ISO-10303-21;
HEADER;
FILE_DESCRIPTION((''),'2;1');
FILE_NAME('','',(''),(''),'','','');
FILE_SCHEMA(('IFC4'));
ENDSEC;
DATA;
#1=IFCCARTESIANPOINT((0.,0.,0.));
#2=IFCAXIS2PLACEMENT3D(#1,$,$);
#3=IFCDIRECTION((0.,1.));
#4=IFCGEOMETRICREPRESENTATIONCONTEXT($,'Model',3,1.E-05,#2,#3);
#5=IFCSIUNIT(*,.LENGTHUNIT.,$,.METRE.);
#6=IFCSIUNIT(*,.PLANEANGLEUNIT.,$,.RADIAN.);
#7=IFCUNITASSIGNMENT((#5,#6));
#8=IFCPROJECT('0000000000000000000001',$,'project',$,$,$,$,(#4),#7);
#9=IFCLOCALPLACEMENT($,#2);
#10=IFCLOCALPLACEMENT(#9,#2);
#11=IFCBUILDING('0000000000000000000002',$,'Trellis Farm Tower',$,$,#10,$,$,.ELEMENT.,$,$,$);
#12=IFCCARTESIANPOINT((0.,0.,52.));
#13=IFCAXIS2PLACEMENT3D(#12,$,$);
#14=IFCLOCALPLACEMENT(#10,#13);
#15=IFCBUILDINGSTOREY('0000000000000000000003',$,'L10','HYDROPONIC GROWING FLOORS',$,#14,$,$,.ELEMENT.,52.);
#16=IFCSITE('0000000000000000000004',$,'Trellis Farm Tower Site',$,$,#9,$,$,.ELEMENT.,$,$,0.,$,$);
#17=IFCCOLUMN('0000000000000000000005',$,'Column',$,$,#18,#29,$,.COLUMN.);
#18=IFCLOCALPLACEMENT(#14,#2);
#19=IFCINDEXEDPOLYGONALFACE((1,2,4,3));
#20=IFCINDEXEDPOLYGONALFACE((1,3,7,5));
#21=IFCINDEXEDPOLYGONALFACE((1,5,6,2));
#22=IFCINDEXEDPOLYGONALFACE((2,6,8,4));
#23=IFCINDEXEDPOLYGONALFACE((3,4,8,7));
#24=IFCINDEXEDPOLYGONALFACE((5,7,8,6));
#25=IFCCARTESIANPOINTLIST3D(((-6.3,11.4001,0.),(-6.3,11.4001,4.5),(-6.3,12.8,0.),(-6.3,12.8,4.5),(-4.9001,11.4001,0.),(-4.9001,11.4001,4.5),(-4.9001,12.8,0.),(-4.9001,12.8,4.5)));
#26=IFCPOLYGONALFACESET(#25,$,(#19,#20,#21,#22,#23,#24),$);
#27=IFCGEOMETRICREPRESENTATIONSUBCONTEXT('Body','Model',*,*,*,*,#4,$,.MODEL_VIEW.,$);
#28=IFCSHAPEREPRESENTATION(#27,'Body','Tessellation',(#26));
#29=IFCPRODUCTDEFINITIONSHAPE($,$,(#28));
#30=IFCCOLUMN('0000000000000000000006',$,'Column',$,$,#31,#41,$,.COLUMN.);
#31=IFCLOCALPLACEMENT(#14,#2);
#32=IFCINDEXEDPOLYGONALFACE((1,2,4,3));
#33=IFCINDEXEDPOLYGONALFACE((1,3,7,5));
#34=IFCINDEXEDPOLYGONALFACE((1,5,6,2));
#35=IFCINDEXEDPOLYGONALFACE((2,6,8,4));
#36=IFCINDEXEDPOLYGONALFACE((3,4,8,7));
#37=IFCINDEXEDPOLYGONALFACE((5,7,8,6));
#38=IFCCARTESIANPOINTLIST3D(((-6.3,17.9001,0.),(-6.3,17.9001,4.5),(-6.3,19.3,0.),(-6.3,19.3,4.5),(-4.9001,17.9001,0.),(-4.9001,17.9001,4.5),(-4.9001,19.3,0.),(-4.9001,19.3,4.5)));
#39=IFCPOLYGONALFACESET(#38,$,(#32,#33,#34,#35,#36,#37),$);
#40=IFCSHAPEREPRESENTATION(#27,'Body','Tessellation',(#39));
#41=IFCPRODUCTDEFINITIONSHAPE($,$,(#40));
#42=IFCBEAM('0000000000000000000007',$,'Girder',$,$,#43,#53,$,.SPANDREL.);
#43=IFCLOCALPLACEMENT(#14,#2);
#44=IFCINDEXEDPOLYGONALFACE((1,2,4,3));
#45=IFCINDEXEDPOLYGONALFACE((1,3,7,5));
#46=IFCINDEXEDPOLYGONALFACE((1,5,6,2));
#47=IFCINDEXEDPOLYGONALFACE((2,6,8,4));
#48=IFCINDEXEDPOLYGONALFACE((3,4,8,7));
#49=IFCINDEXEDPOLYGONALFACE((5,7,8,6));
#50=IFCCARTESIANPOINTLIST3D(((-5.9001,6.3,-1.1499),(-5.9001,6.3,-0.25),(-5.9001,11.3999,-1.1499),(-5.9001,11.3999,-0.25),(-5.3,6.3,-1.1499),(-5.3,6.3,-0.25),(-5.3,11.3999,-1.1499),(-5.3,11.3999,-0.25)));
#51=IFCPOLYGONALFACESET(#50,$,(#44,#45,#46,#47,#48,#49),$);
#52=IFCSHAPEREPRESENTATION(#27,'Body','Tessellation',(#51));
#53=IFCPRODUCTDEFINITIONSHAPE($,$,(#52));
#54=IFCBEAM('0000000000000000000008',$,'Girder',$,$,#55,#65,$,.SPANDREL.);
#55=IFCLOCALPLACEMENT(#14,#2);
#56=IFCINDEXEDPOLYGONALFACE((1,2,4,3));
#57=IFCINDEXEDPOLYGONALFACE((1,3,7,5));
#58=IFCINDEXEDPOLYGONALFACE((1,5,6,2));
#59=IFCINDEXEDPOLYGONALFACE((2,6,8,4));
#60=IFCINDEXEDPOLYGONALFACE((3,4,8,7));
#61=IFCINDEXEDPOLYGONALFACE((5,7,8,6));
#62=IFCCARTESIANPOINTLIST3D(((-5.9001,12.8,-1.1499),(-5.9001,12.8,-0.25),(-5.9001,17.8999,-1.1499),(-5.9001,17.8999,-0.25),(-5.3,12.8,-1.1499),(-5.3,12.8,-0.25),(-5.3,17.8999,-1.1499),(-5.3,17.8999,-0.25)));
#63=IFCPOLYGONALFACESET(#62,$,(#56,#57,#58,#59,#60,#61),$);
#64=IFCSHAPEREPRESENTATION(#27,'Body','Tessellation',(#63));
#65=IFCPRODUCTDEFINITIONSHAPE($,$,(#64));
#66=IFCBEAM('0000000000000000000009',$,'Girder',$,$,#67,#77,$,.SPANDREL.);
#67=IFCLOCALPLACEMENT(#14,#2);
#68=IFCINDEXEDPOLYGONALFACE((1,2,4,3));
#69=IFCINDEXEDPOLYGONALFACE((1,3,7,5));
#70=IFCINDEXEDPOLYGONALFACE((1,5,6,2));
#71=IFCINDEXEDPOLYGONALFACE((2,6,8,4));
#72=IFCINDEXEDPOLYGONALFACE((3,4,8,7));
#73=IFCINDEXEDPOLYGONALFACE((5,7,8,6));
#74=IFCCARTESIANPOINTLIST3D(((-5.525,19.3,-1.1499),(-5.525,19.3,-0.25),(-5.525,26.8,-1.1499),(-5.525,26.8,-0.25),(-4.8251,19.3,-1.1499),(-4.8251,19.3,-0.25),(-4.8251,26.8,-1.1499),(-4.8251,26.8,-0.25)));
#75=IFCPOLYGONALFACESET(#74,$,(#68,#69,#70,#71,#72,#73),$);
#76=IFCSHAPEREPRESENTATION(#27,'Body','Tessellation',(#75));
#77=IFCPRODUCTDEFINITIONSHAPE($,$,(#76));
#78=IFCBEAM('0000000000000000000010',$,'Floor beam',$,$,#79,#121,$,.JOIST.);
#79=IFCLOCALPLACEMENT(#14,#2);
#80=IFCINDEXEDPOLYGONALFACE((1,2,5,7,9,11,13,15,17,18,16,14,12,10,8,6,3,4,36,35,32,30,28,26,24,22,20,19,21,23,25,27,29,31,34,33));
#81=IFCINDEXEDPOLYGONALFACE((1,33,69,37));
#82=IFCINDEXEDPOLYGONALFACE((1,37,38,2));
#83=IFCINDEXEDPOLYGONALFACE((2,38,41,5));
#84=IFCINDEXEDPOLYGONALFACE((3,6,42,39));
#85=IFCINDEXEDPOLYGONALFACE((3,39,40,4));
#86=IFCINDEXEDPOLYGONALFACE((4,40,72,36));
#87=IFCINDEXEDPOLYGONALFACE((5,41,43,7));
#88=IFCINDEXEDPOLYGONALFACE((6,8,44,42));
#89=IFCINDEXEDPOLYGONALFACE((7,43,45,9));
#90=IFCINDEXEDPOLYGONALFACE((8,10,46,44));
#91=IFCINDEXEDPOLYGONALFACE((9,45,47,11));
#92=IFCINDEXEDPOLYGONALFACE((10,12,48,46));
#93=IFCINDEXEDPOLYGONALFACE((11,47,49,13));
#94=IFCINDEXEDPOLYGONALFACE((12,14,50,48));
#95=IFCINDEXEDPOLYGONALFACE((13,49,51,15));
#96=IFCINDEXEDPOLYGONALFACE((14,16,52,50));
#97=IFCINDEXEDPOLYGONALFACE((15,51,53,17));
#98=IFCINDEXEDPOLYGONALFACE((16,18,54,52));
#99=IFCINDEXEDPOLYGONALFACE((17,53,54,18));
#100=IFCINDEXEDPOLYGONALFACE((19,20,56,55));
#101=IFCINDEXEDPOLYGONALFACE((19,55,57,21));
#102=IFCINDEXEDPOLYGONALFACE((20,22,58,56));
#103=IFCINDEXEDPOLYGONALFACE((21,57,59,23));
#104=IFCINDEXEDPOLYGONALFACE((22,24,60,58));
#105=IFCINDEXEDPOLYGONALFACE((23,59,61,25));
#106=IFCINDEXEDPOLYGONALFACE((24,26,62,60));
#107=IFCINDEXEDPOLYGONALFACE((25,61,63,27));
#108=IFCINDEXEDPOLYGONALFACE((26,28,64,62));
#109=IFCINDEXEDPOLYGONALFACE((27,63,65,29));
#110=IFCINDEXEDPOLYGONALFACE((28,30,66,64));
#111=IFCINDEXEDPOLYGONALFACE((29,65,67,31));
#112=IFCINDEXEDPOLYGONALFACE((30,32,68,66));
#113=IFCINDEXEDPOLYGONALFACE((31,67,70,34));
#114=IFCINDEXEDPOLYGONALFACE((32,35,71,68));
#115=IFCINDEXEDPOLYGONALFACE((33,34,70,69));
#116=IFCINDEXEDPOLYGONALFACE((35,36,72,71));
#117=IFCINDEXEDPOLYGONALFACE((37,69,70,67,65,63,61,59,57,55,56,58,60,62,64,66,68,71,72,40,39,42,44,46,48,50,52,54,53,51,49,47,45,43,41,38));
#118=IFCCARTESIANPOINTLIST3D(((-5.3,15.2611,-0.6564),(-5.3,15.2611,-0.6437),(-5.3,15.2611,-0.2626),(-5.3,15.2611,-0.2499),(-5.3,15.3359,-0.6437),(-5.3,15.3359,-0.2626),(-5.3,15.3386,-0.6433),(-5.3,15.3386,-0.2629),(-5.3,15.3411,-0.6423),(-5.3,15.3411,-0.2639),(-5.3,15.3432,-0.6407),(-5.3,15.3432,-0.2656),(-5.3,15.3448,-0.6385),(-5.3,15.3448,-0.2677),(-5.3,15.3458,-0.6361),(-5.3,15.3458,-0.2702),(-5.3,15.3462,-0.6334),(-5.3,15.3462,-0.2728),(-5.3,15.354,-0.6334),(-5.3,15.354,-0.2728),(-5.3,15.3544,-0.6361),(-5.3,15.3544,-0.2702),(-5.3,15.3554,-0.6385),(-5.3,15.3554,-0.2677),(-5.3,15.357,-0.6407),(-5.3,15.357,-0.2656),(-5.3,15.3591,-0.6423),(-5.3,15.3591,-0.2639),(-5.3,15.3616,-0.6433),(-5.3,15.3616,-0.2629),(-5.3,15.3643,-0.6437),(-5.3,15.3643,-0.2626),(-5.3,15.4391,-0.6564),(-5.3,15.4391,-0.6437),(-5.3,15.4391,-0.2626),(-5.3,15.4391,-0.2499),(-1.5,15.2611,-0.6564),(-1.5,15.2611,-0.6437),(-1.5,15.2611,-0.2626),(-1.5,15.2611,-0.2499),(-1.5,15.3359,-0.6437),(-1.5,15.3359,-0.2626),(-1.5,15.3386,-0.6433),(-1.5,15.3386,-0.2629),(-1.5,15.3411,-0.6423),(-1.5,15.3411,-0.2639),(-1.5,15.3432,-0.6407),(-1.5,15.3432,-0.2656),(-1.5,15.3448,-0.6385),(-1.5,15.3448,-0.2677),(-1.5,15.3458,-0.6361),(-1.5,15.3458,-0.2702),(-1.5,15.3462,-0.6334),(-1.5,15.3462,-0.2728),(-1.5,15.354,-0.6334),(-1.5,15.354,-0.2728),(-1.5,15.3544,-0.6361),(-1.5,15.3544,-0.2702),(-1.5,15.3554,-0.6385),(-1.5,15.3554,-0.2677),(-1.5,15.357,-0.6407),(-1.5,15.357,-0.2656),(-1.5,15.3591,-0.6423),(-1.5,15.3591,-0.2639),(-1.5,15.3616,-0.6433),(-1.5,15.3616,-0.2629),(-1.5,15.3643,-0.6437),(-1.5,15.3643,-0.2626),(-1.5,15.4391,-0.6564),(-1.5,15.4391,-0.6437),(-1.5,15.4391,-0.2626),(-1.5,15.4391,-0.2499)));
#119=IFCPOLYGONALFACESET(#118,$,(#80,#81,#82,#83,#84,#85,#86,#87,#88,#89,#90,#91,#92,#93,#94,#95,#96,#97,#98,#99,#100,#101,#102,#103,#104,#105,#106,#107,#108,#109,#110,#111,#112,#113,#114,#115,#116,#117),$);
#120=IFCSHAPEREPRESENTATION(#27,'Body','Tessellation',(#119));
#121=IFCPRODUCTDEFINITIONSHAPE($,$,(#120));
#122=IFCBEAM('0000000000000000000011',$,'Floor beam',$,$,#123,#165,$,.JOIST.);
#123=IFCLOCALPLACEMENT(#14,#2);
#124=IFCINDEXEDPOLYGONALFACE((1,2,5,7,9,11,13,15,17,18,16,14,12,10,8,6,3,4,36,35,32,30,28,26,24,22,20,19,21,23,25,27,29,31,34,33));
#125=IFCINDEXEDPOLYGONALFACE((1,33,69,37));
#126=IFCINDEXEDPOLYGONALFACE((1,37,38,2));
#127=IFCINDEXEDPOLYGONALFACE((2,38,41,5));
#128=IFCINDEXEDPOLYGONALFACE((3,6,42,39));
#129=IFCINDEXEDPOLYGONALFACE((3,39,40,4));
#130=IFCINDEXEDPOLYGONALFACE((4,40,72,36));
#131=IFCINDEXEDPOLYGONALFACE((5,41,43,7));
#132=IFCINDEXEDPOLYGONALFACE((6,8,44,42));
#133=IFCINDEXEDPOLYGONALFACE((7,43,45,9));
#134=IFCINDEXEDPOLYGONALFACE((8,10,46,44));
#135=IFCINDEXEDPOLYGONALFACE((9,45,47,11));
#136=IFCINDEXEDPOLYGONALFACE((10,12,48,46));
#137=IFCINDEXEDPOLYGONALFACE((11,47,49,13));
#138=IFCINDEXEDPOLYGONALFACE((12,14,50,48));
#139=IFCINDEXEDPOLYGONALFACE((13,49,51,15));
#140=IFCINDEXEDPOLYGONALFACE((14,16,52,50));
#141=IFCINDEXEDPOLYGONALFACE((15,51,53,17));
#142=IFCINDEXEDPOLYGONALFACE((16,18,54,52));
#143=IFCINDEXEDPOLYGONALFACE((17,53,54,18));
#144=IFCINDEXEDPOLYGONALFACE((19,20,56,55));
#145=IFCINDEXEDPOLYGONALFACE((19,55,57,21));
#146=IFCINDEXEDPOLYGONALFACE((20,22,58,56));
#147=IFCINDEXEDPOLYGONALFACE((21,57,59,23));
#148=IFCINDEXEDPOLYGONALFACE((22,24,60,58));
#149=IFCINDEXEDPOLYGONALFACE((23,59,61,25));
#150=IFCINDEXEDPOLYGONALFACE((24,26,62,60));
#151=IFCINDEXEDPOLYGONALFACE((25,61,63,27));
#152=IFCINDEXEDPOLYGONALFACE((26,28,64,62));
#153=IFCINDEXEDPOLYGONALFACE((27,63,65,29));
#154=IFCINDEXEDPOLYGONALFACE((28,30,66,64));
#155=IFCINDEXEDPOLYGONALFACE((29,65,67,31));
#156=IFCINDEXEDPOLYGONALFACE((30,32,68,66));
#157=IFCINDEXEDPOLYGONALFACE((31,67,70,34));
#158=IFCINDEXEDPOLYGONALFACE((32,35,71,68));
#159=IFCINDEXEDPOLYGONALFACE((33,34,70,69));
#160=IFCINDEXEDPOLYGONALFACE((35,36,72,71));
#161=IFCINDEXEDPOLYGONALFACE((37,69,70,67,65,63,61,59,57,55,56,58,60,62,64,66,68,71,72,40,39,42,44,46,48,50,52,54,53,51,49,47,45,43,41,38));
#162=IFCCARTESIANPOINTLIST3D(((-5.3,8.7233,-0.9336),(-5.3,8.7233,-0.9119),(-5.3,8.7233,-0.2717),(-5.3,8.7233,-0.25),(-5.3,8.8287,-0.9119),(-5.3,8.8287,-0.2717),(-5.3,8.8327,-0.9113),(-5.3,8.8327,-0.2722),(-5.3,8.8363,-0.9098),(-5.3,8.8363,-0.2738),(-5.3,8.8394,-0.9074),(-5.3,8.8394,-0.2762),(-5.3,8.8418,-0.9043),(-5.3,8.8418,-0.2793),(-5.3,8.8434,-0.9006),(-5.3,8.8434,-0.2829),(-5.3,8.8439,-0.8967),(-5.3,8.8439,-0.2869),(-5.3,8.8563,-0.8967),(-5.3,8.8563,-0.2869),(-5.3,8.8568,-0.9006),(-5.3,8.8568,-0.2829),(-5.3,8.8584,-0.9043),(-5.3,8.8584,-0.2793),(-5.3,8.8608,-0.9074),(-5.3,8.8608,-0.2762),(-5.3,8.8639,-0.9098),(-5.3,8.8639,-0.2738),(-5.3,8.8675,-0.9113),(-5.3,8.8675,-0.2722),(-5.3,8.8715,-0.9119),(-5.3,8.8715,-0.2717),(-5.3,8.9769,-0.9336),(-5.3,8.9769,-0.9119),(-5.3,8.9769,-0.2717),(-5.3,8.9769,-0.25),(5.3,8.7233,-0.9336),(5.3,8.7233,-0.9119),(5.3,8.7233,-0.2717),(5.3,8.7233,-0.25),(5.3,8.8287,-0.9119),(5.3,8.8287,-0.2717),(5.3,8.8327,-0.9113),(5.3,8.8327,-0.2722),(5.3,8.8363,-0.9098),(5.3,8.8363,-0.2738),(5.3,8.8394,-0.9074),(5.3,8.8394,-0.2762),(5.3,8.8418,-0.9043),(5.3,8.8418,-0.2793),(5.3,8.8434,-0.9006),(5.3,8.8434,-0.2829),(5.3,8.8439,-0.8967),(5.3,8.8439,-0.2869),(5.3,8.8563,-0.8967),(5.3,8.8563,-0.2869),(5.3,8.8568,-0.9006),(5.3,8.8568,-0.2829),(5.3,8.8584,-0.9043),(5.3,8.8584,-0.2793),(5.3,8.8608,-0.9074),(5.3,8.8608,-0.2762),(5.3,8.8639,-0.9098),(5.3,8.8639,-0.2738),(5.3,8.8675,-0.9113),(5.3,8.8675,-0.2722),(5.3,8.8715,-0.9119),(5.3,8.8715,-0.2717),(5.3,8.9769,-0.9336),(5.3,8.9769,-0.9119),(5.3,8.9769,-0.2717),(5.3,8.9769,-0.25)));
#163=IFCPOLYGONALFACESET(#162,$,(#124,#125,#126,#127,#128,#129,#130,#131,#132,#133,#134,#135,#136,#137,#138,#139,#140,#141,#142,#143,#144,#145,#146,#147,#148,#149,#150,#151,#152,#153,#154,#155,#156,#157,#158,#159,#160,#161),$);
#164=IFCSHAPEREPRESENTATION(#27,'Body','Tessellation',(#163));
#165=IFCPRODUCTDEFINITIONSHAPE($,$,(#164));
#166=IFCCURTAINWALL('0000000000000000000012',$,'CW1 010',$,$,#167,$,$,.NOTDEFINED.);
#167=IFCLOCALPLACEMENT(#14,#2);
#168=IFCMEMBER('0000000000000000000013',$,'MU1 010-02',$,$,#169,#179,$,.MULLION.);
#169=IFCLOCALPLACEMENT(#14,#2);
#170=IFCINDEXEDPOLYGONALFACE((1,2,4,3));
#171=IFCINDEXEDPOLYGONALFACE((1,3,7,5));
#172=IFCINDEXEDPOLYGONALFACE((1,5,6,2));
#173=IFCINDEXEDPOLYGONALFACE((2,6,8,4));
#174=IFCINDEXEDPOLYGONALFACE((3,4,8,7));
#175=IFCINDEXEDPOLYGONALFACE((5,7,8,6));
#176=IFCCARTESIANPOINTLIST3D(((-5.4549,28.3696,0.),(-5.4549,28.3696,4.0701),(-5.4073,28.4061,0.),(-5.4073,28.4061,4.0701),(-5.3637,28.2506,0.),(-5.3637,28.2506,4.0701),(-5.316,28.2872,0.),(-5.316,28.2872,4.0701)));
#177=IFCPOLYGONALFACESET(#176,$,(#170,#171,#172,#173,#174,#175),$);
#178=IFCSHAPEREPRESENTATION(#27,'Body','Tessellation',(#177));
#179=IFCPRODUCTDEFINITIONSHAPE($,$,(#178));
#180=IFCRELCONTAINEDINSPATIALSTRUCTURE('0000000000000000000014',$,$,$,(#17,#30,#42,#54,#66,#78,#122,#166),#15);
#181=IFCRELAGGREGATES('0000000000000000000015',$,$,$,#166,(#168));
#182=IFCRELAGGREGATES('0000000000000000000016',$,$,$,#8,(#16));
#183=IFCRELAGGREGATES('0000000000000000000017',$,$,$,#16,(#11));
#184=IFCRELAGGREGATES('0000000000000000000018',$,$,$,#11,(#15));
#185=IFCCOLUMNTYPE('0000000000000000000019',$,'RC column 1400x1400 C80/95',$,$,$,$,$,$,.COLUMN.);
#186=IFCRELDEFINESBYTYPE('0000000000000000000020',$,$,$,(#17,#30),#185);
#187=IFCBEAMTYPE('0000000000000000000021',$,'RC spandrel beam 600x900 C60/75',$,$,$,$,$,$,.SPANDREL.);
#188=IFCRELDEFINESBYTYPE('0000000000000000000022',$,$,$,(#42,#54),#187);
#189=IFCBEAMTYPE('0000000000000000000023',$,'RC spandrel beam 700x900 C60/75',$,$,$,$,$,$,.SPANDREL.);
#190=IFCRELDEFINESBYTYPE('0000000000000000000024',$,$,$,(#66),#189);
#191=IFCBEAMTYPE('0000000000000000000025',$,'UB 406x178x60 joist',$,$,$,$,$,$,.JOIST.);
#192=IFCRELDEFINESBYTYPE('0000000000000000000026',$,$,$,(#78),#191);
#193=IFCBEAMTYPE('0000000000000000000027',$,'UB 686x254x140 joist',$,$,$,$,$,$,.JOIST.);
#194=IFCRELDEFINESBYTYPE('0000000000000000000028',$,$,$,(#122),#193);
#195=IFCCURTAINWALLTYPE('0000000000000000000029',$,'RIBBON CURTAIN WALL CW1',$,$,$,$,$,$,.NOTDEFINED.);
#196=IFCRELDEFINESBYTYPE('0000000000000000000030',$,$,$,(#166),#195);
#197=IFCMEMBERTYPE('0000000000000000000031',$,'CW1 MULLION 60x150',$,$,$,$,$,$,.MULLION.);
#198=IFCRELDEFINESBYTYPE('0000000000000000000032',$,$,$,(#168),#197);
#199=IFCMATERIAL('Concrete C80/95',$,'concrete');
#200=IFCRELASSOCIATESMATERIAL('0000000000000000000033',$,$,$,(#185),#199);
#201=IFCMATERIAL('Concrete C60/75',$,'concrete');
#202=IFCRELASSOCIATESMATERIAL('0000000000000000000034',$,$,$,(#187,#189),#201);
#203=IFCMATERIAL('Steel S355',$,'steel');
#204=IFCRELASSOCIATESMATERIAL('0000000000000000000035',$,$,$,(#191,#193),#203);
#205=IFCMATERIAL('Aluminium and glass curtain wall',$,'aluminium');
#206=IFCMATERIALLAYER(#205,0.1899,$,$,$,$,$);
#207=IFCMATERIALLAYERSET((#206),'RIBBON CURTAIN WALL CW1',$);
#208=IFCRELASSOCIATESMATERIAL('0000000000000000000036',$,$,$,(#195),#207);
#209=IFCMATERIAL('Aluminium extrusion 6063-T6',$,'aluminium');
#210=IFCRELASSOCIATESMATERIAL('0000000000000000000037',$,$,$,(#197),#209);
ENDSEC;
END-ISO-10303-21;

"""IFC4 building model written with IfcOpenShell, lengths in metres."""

from ifc_helpers import new_model, si_unit, direction, frame, origin, origin_2d, place, context, subcontext, project, spatial, rectangle, i_section, extrude, source, transform, mapped, material, layer, layer_set, material_profile, profile_set, type_object, element, aggregate, save


model = new_model("IFC4")

# Units and contexts
model_context = context("Model", 3, precision=1e-05, world=origin(), true_north=direction((0.0, 1.0)))
body_context = subcontext(model_context, "Body", "Model", "MODEL_VIEW")
ifc_project = project(units=[si_unit("LENGTHUNIT", "METRE"), si_unit("PLANEANGLEUNIT", "RADIAN")], contexts=[model_context])

# Site, building, storey
site_placement = place(None, origin())
site = spatial("IfcSite", under=ifc_project, at=site_placement, Name="Trellis Farm Tower Site", CompositionType="ELEMENT", RefElevation=0.0)
building_placement = place(site_placement, origin())
building = spatial("IfcBuilding", under=site, at=building_placement, Name="Trellis Farm Tower", CompositionType="ELEMENT")
storey_placement = place(building_placement, frame((0.0, 0.0, 52.0)))
storey = spatial("IfcBuildingStorey", under=building, at=storey_placement, Name="L10", Description="HYDROPONIC GROWING FLOORS", CompositionType="ELEMENT", Elevation=52.0)

# Columns
ifc_material_1 = material(Name="Concrete C80/95", Category="concrete")
ifc_material_profile_1 = material_profile(ifc_material_1, rectangle(XDim=1.3999, YDim=1.3999, at=origin_2d()), Name="RC column 1400x1400 C80/95")
ifc_profile_set_1 = profile_set([ifc_material_profile_1], Name="Concrete C80/95")
column_type = type_object("IfcColumnType", Name="RC column 1400x1400 C80/95", PredefinedType="COLUMN", material=ifc_profile_set_1)
shared_shape_1 = source(origin(), body_context, "Body", "SweptSolid", [
    extrude(rectangle(XDim=1.3999, YDim=1.3999, at=origin_2d()), origin(), (0.0, 0.0, 1.0), 4.5),
])
for number, where, z_axis, x_axis, name in (
    (1, (-5.6001, 12.1001, 0.0), (0.0, 0.0, 1.0), (1.0, 0.0, 0.0), "Column"),
    (2, (-5.6001, 18.6001, 0.0), (0.0, 0.0, 1.0), (1.0, 0.0, 0.0), "Column"),
):
    element("IfcColumn", number, at=place(storey_placement, frame(where, z_axis=z_axis, x_axis=x_axis)), inside=storey, type_object=column_type, Name=name, PredefinedType="COLUMN", context=body_context, shape_type="MappedRepresentation", body=[
        mapped(shared_shape_1, transform((0.0, 0.0, 0.0))),
    ])

# Beams
ifc_material_2 = material(Name="Concrete C60/75", Category="concrete")
ifc_material_profile_2 = material_profile(ifc_material_2, rectangle(XDim=0.6001, YDim=0.8999, at=origin_2d()), Name="RC spandrel beam 600x900 C60/75")
ifc_profile_set_2 = profile_set([ifc_material_profile_2], Name="Concrete C60/75")
beam_type_1 = type_object("IfcBeamType", Name="RC spandrel beam 600x900 C60/75", PredefinedType="SPANDREL", material=ifc_profile_set_2)
shared_shape_2 = source(origin(), body_context, "Body", "SweptSolid", [
    extrude(rectangle(XDim=0.6001, YDim=0.8999, at=origin_2d()), origin(), (0.0, 0.0, 1.0), 5.0999),
])
for number, where, z_axis, x_axis, name in (
    (3, (-5.6001, 6.3, -0.7), (0.0, 1.0, 0.0), (-1.0, 0.0, 0.0), "Girder"),
    (4, (-5.6001, 12.8, -0.7), (0.0, 1.0, 0.0), (-1.0, 0.0, 0.0), "Girder"),
):
    element("IfcBeam", number, at=place(storey_placement, frame(where, z_axis=z_axis, x_axis=x_axis)), inside=storey, type_object=beam_type_1, Name=name, PredefinedType="SPANDREL", context=body_context, shape_type="MappedRepresentation", body=[
        mapped(shared_shape_2, transform((0.0, 0.0, 0.0))),
    ])
ifc_material_profile_3 = material_profile(ifc_material_2, rectangle(XDim=0.7, YDim=0.8999, at=origin_2d()), Name="RC spandrel beam 700x900 C60/75")
ifc_profile_set_3 = profile_set([ifc_material_profile_3], Name="Concrete C60/75")
beam_type_2 = type_object("IfcBeamType", Name="RC spandrel beam 700x900 C60/75", PredefinedType="SPANDREL", material=ifc_profile_set_3)
shared_shape_3 = source(origin(), body_context, "Body", "SweptSolid", [
    extrude(rectangle(XDim=0.7, YDim=0.8999, at=origin_2d()), origin(), (0.0, 0.0, 1.0), 7.5),
])
beam_1_placement = place(storey_placement, frame((-5.175, 19.3, -0.7), z_axis=(0.0, 1.0, 0.0), x_axis=(-1.0, 0.0, 0.0)))
element("IfcBeam", 5, at=beam_1_placement, inside=storey, type_object=beam_type_2, Name="Girder", PredefinedType="SPANDREL", context=body_context, shape_type="MappedRepresentation", body=[
    mapped(shared_shape_3, transform((0.0, 0.0, 0.0))),
])
ifc_material_3 = material(Name="Steel S355", Category="steel")
ifc_material_profile_4 = material_profile(ifc_material_3, i_section(OverallWidth=0.178, OverallDepth=0.4065, WebThickness=0.0078, FlangeThickness=0.0127, FilletRadius=0.0103, at=origin_2d()), Name="UB 406x178x60")
ifc_profile_set_4 = profile_set([ifc_material_profile_4], Name="Steel S355")
beam_type_3 = type_object("IfcBeamType", Name="UB 406x178x60 joist", PredefinedType="JOIST", material=ifc_profile_set_4)
shared_shape_4 = source(origin(), body_context, "Body", "SweptSolid", [
    extrude(i_section(OverallWidth=0.178, OverallDepth=0.4065, WebThickness=0.0078, FlangeThickness=0.0127, FilletRadius=0.0103, at=origin_2d()), origin(), (0.0, 0.0, 1.0), 3.8),
])
beam_2_placement = place(storey_placement, frame((-5.3, 15.3501, -0.4531), z_axis=(1.0, 0.0, 0.0), x_axis=(0.0, 1.0, 0.0)))
element("IfcBeam", 6, at=beam_2_placement, inside=storey, type_object=beam_type_3, Name="Floor beam", PredefinedType="JOIST", context=body_context, shape_type="MappedRepresentation", body=[
    mapped(shared_shape_4, transform((0.0, 0.0, 0.0))),
])
ifc_material_profile_5 = material_profile(ifc_material_3, i_section(OverallWidth=0.2537, OverallDepth=0.6836, WebThickness=0.0125, FlangeThickness=0.0217, FilletRadius=0.0151, at=origin_2d()), Name="UB 686x254x140")
ifc_profile_set_5 = profile_set([ifc_material_profile_5], Name="Steel S355")
beam_type_4 = type_object("IfcBeamType", Name="UB 686x254x140 joist", PredefinedType="JOIST", material=ifc_profile_set_5)
shared_shape_5 = source(origin(), body_context, "Body", "SweptSolid", [
    extrude(i_section(OverallWidth=0.2537, OverallDepth=0.6836, WebThickness=0.0125, FlangeThickness=0.0217, FilletRadius=0.0151, at=origin_2d()), origin(), (0.0, 0.0, 1.0), 10.6001),
])
beam_3_placement = place(storey_placement, frame((-5.3, 8.8501, -0.5918), z_axis=(1.0, 0.0, 0.0), x_axis=(0.0, 1.0, 0.0)))
element("IfcBeam", 7, at=beam_3_placement, inside=storey, type_object=beam_type_4, Name="Floor beam", PredefinedType="JOIST", context=body_context, shape_type="MappedRepresentation", body=[
    mapped(shared_shape_5, transform((0.0, 0.0, 0.0))),
])

# Curtain wall, member
ifc_material_4 = material(Name="Aluminium and glass curtain wall", Category="aluminium")
ifc_layer_1 = layer(ifc_material_4, 0.1899)
ifc_layer_set_1 = layer_set([ifc_layer_1], Name="RIBBON CURTAIN WALL CW1")
curtain_wall_type_1 = type_object("IfcCurtainWallType", Name="RIBBON CURTAIN WALL CW1", PredefinedType="NOTDEFINED", material=ifc_layer_set_1)
placement = place(storey_placement, origin())
curtain_wall_1 = element("IfcCurtainWall", 8, at=placement, inside=storey, type_object=curtain_wall_type_1, Name="CW1 010", PredefinedType="NOTDEFINED")
ifc_material_5 = material(Name="Aluminium extrusion 6063-T6", Category="aluminium")
ifc_material_profile_6 = material_profile(ifc_material_5, rectangle(XDim=0.0601, YDim=0.1499, at=origin_2d()), Name="MULLION 60x150")
ifc_profile_set_6 = profile_set([ifc_material_profile_6], Name="Aluminium extrusion 6063-T6")
member_type_1 = type_object("IfcMemberType", Name="CW1 MULLION 60x150", PredefinedType="MULLION", material=ifc_profile_set_6)
shared_shape_6 = source(origin(), body_context, "Body", "SweptSolid", [
    extrude(rectangle(XDim=0.0601, YDim=0.1499, at=origin_2d()), origin(), (0.0, 0.0, 1.0), 4.0701),
])
member_1_placement = place(storey_placement, frame((-5.3855, 28.3284, 0.0), z_axis=(0.0, 0.0, 1.0), x_axis=(-0.793353, -0.608761, 0.0)))
member_1 = element("IfcMember", 9, at=member_1_placement, type_object=member_type_1, Name="MU1 010-02", PredefinedType="MULLION", context=body_context, shape_type="MappedRepresentation", body=[
    mapped(shared_shape_6, transform((0.0, 0.0, 0.0))),
])
aggregate(curtain_wall_1, [member_1])

save(model, "model.ifc")
